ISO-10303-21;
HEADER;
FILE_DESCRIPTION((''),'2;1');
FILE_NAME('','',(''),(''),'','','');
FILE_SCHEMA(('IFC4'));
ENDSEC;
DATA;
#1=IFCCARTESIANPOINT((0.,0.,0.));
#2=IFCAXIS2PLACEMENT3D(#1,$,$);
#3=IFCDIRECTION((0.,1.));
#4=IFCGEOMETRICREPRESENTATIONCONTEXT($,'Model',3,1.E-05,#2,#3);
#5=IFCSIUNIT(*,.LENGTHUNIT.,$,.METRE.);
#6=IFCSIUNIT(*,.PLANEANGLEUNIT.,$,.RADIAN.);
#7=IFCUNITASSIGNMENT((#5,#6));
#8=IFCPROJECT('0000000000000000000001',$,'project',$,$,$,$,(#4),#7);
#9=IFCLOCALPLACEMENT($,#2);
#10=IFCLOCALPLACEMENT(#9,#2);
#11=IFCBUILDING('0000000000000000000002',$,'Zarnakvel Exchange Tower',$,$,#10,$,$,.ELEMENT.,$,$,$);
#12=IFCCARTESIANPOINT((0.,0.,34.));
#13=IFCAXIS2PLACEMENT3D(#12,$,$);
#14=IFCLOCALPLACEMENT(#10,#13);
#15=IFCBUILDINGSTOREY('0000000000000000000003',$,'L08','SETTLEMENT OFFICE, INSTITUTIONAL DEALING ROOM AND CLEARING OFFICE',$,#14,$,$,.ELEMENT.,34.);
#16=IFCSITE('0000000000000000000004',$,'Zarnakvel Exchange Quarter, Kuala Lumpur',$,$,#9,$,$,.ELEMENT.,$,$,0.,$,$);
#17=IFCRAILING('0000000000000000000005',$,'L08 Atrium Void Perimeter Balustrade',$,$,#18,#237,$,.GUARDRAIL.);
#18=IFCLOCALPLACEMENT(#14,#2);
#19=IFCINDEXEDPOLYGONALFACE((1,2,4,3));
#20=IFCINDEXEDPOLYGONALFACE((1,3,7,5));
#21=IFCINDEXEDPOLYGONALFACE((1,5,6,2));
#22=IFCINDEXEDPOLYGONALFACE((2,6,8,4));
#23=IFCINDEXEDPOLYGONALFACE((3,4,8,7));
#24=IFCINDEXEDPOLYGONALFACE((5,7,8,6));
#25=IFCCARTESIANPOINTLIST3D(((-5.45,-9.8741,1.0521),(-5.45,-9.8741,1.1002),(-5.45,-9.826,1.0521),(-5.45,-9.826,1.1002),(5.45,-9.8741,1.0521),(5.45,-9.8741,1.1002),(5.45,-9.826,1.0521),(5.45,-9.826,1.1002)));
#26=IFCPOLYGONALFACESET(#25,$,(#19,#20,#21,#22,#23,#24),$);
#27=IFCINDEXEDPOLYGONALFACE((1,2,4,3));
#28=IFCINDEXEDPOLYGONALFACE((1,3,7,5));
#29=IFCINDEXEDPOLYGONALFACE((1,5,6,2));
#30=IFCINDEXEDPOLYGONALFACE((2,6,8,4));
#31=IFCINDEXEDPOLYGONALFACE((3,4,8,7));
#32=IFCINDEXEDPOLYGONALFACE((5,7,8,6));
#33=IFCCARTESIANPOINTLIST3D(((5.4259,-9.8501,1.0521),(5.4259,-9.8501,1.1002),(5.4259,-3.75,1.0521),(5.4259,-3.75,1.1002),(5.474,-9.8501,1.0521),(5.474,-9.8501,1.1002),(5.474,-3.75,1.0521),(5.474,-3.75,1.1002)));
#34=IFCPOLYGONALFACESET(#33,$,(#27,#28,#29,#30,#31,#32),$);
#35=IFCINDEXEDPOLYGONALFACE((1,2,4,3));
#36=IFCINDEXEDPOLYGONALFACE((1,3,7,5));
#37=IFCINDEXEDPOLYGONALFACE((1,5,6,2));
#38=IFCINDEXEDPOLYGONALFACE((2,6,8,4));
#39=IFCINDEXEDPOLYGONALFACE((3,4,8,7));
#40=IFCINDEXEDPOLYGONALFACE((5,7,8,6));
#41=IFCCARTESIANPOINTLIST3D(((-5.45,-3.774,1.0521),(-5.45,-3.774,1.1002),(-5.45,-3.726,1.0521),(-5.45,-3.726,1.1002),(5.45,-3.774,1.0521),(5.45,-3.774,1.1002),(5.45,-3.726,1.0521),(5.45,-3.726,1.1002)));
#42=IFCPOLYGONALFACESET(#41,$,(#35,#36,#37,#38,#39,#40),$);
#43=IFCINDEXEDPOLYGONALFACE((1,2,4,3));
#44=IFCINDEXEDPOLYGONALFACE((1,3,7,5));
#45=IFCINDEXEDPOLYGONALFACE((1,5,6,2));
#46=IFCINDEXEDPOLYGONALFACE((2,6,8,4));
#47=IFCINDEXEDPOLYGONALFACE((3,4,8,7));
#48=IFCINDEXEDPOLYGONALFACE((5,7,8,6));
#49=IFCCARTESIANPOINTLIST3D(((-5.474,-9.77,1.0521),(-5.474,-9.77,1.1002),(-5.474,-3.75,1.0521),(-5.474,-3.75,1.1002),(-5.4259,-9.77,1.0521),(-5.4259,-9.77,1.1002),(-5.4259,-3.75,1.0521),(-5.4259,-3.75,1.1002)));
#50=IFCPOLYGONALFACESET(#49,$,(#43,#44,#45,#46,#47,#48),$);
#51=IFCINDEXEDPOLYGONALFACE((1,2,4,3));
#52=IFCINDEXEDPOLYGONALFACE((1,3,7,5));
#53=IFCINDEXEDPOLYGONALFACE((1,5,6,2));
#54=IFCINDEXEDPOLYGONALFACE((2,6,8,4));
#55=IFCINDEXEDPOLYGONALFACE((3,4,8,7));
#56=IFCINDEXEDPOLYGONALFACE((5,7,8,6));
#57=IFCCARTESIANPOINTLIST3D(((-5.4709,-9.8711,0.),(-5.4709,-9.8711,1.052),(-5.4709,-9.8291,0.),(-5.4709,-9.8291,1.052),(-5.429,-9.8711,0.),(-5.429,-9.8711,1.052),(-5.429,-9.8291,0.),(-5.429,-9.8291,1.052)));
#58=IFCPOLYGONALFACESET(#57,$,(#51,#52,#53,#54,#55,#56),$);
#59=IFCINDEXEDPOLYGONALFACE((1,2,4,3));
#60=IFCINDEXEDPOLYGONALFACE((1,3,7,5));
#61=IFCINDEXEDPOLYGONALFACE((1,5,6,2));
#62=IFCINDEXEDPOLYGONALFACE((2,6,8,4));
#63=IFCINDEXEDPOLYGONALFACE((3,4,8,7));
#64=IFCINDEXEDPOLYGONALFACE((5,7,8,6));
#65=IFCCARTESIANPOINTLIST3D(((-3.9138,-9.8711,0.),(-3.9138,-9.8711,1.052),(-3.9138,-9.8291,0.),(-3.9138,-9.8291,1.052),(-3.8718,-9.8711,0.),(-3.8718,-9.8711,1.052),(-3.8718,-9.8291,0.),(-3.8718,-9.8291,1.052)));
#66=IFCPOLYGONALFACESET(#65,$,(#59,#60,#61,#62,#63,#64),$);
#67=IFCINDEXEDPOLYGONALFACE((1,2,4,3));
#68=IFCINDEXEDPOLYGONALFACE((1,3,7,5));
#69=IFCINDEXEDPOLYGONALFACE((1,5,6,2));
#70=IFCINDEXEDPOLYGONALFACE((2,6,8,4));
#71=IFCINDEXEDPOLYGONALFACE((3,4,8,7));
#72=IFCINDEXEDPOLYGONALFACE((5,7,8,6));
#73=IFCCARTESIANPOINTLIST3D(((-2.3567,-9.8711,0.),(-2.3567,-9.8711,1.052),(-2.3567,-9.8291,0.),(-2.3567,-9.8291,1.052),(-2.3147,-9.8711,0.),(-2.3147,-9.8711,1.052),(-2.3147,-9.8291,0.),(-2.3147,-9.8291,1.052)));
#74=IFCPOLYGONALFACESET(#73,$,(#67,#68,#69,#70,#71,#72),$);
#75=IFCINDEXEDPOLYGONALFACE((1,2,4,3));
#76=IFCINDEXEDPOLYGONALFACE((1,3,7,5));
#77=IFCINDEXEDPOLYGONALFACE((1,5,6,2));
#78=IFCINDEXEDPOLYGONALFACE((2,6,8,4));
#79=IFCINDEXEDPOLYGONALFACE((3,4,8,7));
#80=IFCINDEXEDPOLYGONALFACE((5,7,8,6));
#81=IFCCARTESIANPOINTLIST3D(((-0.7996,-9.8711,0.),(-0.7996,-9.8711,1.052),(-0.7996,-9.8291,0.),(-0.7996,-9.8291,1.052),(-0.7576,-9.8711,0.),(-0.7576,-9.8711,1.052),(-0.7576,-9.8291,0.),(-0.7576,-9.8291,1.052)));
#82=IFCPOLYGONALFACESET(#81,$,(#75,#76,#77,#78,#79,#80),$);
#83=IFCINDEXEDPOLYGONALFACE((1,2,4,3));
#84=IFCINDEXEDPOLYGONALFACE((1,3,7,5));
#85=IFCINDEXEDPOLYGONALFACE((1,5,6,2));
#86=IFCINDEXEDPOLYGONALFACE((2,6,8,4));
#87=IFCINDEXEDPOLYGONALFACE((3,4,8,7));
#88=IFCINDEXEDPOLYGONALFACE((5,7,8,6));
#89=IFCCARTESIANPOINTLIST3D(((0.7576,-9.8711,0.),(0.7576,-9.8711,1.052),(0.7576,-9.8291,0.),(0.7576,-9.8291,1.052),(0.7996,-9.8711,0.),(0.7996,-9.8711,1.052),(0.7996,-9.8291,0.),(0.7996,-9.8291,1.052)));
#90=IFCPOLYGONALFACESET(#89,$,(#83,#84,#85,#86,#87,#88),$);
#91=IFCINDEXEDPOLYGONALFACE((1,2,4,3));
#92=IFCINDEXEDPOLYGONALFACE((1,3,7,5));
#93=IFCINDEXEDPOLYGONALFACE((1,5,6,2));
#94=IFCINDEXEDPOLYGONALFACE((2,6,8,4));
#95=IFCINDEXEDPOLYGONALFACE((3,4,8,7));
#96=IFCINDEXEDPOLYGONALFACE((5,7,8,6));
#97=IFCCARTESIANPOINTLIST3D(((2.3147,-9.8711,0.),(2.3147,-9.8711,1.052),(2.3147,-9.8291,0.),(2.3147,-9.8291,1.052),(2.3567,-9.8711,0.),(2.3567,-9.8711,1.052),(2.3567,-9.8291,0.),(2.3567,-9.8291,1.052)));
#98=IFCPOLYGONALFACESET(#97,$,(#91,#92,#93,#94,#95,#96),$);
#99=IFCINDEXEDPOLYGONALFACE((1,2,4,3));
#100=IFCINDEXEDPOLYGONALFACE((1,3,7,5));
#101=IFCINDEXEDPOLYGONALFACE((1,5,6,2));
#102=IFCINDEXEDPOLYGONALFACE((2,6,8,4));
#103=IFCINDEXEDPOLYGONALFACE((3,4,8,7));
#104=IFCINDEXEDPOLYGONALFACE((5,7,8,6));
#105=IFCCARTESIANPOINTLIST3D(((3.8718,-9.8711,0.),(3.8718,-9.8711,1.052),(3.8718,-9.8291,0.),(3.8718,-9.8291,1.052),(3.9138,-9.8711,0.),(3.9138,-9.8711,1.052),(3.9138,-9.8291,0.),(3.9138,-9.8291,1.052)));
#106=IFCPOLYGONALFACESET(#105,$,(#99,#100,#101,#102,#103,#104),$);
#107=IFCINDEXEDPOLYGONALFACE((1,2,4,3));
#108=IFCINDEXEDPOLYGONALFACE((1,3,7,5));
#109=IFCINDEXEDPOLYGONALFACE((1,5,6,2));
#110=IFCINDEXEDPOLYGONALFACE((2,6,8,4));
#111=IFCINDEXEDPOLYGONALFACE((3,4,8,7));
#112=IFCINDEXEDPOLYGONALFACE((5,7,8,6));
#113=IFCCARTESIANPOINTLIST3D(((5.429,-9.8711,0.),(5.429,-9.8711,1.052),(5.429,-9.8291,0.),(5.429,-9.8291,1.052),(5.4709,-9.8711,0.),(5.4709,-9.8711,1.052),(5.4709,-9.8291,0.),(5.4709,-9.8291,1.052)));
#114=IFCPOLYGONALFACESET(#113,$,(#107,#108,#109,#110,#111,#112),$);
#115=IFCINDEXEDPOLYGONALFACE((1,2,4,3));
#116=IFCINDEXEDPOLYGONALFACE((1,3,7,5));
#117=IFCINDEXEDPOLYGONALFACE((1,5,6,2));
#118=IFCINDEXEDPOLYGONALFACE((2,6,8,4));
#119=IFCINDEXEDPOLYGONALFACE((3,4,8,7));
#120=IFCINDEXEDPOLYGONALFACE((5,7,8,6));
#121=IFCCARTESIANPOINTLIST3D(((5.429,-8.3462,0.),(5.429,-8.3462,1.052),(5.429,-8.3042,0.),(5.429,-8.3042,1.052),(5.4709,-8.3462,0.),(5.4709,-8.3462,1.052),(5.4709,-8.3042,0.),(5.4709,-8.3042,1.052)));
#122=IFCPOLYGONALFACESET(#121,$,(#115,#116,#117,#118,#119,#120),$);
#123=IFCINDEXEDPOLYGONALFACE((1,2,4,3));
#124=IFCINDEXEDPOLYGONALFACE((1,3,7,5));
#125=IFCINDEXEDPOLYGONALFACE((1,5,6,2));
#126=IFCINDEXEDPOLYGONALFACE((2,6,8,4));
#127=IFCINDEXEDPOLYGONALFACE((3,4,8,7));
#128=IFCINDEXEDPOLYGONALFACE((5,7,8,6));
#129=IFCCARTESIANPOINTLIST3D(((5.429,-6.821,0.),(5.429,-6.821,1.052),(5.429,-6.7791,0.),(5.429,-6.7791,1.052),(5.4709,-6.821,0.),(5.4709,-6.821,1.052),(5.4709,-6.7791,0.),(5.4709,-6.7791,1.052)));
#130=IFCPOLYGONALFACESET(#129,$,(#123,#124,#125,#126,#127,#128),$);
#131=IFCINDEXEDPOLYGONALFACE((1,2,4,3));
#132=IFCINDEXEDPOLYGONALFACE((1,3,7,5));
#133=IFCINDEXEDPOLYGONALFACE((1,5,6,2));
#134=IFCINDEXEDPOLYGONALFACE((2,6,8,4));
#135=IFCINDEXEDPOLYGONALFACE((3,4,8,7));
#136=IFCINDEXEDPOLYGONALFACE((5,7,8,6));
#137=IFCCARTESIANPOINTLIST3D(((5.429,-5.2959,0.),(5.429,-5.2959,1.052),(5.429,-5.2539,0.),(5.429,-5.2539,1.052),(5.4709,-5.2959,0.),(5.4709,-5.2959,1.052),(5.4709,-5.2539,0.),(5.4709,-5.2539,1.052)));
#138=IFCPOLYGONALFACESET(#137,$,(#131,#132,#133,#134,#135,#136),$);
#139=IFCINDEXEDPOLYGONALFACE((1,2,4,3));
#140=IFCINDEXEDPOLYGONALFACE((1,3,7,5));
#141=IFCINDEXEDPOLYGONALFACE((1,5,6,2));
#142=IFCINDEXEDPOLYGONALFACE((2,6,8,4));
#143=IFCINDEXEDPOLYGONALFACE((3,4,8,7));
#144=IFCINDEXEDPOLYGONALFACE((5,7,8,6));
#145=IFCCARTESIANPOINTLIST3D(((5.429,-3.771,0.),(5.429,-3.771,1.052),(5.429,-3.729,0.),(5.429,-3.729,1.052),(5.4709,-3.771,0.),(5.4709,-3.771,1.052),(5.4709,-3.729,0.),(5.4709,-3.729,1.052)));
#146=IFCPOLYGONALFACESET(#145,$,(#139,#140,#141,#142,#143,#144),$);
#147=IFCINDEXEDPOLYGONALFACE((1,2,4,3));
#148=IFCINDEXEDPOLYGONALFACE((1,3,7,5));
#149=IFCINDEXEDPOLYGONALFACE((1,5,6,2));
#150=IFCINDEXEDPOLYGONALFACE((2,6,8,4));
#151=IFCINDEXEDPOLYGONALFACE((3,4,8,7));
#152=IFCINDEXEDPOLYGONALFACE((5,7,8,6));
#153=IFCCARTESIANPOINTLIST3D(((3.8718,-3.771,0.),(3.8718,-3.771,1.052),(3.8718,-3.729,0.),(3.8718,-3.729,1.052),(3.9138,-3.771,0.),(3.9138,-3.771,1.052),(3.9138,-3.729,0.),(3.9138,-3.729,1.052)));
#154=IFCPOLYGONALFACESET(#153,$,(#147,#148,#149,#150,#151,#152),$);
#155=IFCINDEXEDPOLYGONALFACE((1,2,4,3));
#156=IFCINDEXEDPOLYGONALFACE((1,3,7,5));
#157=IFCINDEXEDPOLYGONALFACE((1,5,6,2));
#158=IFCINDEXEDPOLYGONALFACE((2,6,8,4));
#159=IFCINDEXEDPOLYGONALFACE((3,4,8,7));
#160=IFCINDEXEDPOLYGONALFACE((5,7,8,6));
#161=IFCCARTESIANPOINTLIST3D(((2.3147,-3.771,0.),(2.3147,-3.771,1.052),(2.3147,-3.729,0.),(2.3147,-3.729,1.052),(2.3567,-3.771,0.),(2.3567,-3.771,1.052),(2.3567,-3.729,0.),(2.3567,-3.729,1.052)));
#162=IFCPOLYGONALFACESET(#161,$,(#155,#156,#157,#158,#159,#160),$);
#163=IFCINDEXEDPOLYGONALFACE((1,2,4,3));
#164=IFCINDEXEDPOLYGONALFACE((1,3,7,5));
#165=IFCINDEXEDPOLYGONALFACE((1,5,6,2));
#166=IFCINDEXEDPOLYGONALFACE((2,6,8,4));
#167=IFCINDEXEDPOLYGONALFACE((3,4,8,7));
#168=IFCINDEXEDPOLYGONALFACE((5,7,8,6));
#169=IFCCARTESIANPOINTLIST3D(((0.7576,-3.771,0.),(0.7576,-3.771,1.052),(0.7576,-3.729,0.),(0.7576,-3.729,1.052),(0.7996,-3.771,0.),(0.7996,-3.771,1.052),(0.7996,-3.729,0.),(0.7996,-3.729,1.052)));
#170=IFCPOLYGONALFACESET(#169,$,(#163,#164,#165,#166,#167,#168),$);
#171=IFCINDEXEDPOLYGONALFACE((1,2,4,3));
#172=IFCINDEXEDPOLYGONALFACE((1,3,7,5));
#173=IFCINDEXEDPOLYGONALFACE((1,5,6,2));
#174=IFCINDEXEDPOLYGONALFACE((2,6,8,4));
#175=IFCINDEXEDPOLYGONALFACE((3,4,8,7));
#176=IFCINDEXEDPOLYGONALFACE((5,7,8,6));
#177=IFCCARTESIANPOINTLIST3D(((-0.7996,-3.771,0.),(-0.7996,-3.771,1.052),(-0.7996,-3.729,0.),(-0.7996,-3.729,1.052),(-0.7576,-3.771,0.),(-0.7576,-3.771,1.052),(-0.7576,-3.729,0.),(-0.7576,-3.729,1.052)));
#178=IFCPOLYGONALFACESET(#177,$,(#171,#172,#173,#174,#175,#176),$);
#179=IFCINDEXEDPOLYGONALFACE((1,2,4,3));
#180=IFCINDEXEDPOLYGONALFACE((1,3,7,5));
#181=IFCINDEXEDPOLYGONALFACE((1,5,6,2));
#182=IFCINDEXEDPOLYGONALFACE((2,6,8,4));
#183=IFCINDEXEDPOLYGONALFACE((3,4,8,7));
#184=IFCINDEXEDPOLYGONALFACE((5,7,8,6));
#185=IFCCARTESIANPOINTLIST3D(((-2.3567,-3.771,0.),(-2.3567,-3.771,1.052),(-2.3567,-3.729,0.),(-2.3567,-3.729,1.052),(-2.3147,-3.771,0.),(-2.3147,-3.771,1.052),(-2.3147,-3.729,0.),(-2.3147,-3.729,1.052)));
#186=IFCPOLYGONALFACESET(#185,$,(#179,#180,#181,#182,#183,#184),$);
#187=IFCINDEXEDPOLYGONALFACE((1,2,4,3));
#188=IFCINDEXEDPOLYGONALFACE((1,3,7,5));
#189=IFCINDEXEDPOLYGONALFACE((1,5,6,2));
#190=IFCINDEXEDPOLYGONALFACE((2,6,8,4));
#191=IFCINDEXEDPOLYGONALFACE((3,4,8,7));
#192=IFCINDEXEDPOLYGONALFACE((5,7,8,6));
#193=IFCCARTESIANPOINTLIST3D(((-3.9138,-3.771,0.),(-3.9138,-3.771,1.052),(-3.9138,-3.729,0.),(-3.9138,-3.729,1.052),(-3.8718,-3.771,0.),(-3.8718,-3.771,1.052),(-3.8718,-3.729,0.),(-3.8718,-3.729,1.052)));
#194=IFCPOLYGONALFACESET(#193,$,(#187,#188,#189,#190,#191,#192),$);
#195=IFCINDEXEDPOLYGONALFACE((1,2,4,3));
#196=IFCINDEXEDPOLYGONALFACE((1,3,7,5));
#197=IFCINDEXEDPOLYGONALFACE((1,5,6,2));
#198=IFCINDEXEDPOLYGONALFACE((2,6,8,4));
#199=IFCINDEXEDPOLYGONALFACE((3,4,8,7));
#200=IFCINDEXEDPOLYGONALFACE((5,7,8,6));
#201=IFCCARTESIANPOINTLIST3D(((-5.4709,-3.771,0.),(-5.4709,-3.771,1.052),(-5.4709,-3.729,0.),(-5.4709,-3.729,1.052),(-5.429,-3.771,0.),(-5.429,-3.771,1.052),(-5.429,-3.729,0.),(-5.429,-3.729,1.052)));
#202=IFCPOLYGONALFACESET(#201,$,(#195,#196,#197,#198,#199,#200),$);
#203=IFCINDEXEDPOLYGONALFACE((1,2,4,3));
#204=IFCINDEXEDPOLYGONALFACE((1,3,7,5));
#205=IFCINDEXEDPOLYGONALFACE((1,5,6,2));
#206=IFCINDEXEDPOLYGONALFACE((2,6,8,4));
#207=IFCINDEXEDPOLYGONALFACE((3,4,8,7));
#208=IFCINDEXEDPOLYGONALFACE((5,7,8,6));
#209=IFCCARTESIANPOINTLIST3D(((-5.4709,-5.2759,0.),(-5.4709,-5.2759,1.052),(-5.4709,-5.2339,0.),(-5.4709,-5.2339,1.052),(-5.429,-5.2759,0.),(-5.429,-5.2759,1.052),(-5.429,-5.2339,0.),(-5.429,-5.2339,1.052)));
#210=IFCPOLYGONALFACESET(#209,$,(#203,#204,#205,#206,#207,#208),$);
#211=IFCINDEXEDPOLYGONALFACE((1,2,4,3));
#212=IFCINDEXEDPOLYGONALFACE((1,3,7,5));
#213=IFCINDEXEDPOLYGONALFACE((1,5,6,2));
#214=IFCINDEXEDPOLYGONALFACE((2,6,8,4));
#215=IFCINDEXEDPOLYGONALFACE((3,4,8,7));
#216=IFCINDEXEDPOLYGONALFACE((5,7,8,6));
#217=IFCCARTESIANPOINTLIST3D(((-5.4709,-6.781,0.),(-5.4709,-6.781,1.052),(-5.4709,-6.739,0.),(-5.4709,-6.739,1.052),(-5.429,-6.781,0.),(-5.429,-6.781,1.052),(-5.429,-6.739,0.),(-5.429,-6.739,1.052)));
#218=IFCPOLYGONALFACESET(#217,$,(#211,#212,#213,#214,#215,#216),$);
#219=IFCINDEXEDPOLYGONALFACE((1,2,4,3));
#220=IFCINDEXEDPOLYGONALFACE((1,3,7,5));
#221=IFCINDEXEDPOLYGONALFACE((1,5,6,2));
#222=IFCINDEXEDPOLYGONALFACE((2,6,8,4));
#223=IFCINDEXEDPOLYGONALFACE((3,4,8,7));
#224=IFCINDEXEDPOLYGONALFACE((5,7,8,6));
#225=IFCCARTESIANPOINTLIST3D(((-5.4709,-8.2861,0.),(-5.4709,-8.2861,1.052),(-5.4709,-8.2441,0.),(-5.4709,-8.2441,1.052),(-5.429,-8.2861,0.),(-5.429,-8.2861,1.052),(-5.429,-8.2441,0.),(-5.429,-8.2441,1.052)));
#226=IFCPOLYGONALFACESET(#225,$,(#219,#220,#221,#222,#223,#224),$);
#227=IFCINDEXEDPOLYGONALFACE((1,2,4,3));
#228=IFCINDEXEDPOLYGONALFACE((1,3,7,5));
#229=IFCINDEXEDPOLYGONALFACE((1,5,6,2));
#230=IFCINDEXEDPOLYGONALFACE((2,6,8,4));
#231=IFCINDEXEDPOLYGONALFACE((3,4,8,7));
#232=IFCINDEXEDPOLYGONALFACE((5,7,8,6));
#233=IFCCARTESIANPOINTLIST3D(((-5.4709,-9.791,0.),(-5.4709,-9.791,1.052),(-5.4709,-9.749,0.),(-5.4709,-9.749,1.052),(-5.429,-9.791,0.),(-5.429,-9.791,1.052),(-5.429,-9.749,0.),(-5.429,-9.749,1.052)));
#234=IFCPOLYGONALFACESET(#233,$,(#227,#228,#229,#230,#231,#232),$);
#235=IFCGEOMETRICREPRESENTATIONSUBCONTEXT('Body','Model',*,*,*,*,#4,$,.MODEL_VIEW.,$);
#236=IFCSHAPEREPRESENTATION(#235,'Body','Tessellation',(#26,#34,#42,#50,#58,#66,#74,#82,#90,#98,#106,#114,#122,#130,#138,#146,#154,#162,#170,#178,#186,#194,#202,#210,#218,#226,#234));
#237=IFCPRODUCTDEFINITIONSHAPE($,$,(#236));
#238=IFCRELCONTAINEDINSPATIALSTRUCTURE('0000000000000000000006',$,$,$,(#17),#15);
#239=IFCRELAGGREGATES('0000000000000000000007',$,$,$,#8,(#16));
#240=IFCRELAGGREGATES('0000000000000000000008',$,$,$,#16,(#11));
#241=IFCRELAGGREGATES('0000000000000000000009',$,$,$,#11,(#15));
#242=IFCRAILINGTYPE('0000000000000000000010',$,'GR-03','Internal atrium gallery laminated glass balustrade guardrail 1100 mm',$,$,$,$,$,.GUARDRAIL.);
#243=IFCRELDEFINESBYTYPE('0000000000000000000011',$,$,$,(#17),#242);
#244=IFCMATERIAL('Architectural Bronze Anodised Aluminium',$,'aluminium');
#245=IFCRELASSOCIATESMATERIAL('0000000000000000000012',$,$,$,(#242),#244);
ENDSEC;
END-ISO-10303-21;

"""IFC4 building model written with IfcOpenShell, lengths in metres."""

from ifc_helpers import new_model, si_unit, direction, frame, origin, origin_2d, place, context, subcontext, project, spatial, rectangle, extrude, material, type_object, element, save


model = new_model("IFC4")

# Units and contexts
model_context = context("Model", 3, precision=1e-05, world=origin(), true_north=direction((0.0, 1.0)))
body_context = subcontext(model_context, "Body", "Model", "MODEL_VIEW")
ifc_project = project(units=[si_unit("LENGTHUNIT", "METRE"), si_unit("PLANEANGLEUNIT", "RADIAN")], contexts=[model_context])

# Site, building, storey
site_placement = place(None, origin())
site = spatial("IfcSite", under=ifc_project, at=site_placement, Name="Zarnakvel Exchange Quarter, Kuala Lumpur", CompositionType="ELEMENT", RefElevation=0.0)
building_placement = place(site_placement, origin())
building = spatial("IfcBuilding", under=site, at=building_placement, Name="Zarnakvel Exchange Tower", CompositionType="ELEMENT")
storey_placement = place(building_placement, frame((0.0, 0.0, 34.0)))
storey = spatial("IfcBuildingStorey", under=building, at=storey_placement, Name="L08", Description="SETTLEMENT OFFICE, INSTITUTIONAL DEALING ROOM AND CLEARING OFFICE", CompositionType="ELEMENT", Elevation=34.0)

# Railing
ifc_material_1 = material(Name="Architectural Bronze Anodised Aluminium", Category="aluminium")
railing_type = type_object("IfcRailingType", Name="GR-03", Description="Internal atrium gallery laminated glass balustrade guardrail 1100 mm", PredefinedType="GUARDRAIL", material=ifc_material_1)
railing_placement = place(storey_placement, frame((-5.45, -9.8501, 0.0)))
element("IfcRailing", 1, at=railing_placement, inside=storey, type_object=railing_type, Name="L08 Atrium Void Perimeter Balustrade", PredefinedType="GUARDRAIL", context=body_context, shape_type="SweptSolid", body=[
    extrude(rectangle(XDim=0.0481, YDim=0.0481, at=origin_2d()), frame((0.0, 0.0, 1.0762), z_axis=(1.0, 0.0, 0.0), x_axis=(0.0, 1.0, 0.0)), (0.0, 0.0, 1.0), 10.8999),
    extrude(rectangle(XDim=0.0481, YDim=0.0481, at=origin_2d()), frame((10.8999, 0.0, 1.0762), z_axis=(0.0, 1.0, 0.0), x_axis=(-1.0, 0.0, 0.0)), (0.0, 0.0, 1.0), 6.1001),
    extrude(rectangle(XDim=0.0481, YDim=0.0481, at=origin_2d()), frame((10.8999, 6.1001, 1.0762), z_axis=(-1.0, 0.0, 0.0), x_axis=(0.0, -1.0, 0.0)), (0.0, 0.0, 1.0), 10.8999),
    extrude(rectangle(XDim=0.0481, YDim=0.0481, at=origin_2d()), frame((0.0, 6.1001, 1.0762), z_axis=(0.0, -1.0, 0.0), x_axis=(1.0, 0.0, 0.0)), (0.0, 0.0, 1.0), 6.02),
    extrude(rectangle(XDim=0.042, YDim=0.042, at=origin_2d()), origin(), (0.0, 0.0, 1.0), 1.052),
    extrude(rectangle(XDim=0.042, YDim=0.042, at=origin_2d()), frame((1.5571, 0.0, 0.0)), (0.0, 0.0, 1.0), 1.052),
    extrude(rectangle(XDim=0.042, YDim=0.042, at=origin_2d()), frame((3.1143, 0.0, 0.0)), (0.0, 0.0, 1.0), 1.052),
    extrude(rectangle(XDim=0.042, YDim=0.042, at=origin_2d()), frame((4.6714, 0.0, 0.0)), (0.0, 0.0, 1.0), 1.052),
    extrude(rectangle(XDim=0.042, YDim=0.042, at=origin_2d()), frame((6.2285, 0.0, 0.0)), (0.0, 0.0, 1.0), 1.052),
    extrude(rectangle(XDim=0.042, YDim=0.042, at=origin_2d()), frame((7.7856, 0.0, 0.0)), (0.0, 0.0, 1.0), 1.052),
    extrude(rectangle(XDim=0.042, YDim=0.042, at=origin_2d()), frame((9.3428, 0.0, 0.0)), (0.0, 0.0, 1.0), 1.052),
    extrude(rectangle(XDim=0.042, YDim=0.042, at=origin_2d()), frame((10.8999, 0.0, 0.0)), (0.0, 0.0, 1.0), 1.052),
    extrude(rectangle(XDim=0.042, YDim=0.042, at=origin_2d()), frame((10.8999, 1.5249, 0.0)), (0.0, 0.0, 1.0), 1.052),
    extrude(rectangle(XDim=0.042, YDim=0.042, at=origin_2d()), frame((10.8999, 3.05, 0.0)), (0.0, 0.0, 1.0), 1.052),
    extrude(rectangle(XDim=0.042, YDim=0.042, at=origin_2d()), frame((10.8999, 4.5752, 0.0)), (0.0, 0.0, 1.0), 1.052),
    extrude(rectangle(XDim=0.042, YDim=0.042, at=origin_2d()), frame((10.8999, 6.1001, 0.0)), (0.0, 0.0, 1.0), 1.052),
    extrude(rectangle(XDim=0.042, YDim=0.042, at=origin_2d()), frame((9.3428, 6.1001, 0.0)), (0.0, 0.0, 1.0), 1.052),
    extrude(rectangle(XDim=0.042, YDim=0.042, at=origin_2d()), frame((7.7856, 6.1001, 0.0)), (0.0, 0.0, 1.0), 1.052),
    extrude(rectangle(XDim=0.042, YDim=0.042, at=origin_2d()), frame((6.2285, 6.1001, 0.0)), (0.0, 0.0, 1.0), 1.052),
    extrude(rectangle(XDim=0.042, YDim=0.042, at=origin_2d()), frame((4.6714, 6.1001, 0.0)), (0.0, 0.0, 1.0), 1.052),
    extrude(rectangle(XDim=0.042, YDim=0.042, at=origin_2d()), frame((3.1143, 6.1001, 0.0)), (0.0, 0.0, 1.0), 1.052),
    extrude(rectangle(XDim=0.042, YDim=0.042, at=origin_2d()), frame((1.5571, 6.1001, 0.0)), (0.0, 0.0, 1.0), 1.052),
    extrude(rectangle(XDim=0.042, YDim=0.042, at=origin_2d()), frame((0.0, 6.1001, 0.0)), (0.0, 0.0, 1.0), 1.052),
    extrude(rectangle(XDim=0.042, YDim=0.042, at=origin_2d()), frame((0.0, 4.5952, 0.0)), (0.0, 0.0, 1.0), 1.052),
    extrude(rectangle(XDim=0.042, YDim=0.042, at=origin_2d()), frame((0.0, 3.0901, 0.0)), (0.0, 0.0, 1.0), 1.052),
    extrude(rectangle(XDim=0.042, YDim=0.042, at=origin_2d()), frame((0.0, 1.585, 0.0)), (0.0, 0.0, 1.0), 1.052),
    extrude(rectangle(XDim=0.042, YDim=0.042, at=origin_2d()), frame((0.0, 0.0801, 0.0)), (0.0, 0.0, 1.0), 1.052),
])

save(model, "model.ifc")
